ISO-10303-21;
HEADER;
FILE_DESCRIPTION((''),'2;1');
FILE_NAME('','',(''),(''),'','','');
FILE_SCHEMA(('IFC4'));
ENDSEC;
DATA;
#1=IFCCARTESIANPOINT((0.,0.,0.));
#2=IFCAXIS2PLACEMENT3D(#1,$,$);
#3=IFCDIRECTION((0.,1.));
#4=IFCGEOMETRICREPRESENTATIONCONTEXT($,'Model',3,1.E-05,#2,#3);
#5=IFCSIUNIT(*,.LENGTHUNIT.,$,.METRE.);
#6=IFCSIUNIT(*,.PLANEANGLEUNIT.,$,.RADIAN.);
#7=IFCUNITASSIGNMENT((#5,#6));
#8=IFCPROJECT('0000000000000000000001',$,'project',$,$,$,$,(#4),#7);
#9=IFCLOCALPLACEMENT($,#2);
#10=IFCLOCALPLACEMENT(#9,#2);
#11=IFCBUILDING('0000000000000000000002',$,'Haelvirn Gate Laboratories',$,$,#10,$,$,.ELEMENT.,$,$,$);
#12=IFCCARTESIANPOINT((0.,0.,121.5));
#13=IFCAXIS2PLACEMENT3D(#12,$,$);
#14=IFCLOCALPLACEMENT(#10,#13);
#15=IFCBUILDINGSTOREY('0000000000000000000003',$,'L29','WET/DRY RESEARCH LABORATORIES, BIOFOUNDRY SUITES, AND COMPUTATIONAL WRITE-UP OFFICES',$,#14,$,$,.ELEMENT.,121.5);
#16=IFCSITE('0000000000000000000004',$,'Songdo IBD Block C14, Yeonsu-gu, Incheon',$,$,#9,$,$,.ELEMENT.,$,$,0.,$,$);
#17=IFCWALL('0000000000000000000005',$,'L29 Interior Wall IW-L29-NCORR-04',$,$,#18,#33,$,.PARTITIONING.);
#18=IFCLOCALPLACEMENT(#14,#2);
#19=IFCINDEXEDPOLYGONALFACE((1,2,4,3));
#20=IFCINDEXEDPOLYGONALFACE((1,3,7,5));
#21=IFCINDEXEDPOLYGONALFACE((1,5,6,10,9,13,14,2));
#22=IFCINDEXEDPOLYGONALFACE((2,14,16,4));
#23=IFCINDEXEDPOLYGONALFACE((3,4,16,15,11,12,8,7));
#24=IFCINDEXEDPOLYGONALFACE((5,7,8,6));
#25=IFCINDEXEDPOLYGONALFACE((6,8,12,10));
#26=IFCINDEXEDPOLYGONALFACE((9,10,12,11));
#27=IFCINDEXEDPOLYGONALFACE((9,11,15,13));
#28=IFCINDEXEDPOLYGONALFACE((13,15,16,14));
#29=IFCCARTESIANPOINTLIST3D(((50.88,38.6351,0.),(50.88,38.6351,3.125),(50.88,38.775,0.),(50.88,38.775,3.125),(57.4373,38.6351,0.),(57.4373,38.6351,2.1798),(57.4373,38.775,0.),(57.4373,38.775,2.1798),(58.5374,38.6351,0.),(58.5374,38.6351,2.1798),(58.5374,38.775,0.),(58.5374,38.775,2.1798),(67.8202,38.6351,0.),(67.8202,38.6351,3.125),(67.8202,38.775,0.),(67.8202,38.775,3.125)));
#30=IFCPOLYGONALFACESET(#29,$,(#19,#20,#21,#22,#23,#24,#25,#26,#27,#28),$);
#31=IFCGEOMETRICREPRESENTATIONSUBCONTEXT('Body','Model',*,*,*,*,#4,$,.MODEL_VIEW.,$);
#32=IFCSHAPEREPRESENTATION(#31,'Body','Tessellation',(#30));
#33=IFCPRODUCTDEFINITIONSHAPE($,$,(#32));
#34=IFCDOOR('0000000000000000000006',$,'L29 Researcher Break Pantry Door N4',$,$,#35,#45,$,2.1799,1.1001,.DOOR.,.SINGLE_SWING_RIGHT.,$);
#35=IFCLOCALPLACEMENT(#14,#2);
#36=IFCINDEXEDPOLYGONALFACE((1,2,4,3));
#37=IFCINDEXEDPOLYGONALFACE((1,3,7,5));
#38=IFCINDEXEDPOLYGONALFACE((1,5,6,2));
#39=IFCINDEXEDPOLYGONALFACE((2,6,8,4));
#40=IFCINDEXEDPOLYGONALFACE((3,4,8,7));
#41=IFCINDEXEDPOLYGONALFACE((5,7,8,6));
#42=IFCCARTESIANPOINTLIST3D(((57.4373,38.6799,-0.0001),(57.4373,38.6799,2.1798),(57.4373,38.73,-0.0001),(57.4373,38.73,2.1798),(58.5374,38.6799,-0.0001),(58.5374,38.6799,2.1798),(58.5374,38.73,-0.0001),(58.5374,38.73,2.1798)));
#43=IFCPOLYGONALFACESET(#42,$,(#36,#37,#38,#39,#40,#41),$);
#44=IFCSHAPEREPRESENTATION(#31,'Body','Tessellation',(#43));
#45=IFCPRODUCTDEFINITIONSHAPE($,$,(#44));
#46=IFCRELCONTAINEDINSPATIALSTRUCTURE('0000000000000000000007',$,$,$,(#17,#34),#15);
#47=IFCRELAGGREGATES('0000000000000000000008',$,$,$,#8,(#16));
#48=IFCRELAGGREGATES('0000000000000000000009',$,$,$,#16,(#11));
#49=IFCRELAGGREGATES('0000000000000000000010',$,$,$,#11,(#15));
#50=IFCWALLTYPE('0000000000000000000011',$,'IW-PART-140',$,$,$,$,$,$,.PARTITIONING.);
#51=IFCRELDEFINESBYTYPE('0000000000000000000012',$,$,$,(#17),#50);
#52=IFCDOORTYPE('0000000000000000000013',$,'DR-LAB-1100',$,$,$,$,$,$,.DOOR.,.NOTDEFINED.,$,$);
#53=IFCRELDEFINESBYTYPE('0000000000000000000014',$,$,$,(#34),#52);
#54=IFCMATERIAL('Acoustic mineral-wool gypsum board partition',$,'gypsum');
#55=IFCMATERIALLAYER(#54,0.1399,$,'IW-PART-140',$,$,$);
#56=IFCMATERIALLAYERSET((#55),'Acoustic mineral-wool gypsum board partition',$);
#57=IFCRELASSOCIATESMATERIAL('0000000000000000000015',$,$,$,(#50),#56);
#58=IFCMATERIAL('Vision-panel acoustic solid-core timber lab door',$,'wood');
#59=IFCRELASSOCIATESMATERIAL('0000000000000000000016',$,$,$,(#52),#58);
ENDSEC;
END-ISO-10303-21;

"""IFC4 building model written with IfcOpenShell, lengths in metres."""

from ifc_helpers import new_model, si_unit, direction, frame, frame_2d, origin, place, context, subcontext, project, spatial, rectangle, extrude, source, transform, mapped, material, layer, layer_set, type_object, type_shapes, element, fill, save


model = new_model("IFC4")

# Units and contexts
model_context = context("Model", 3, precision=1e-05, world=origin(), true_north=direction((0.0, 1.0)))
body_context = subcontext(model_context, "Body", "Model", "MODEL_VIEW")
ifc_project = project(units=[si_unit("LENGTHUNIT", "METRE"), si_unit("PLANEANGLEUNIT", "RADIAN")], contexts=[model_context])

# Site, building, storey
site_placement = place(None, origin())
site = spatial("IfcSite", under=ifc_project, at=site_placement, Name="Songdo IBD Block C14, Yeonsu-gu, Incheon", CompositionType="ELEMENT", RefElevation=0.0)
building_placement = place(site_placement, origin())
building = spatial("IfcBuilding", under=site, at=building_placement, Name="Haelvirn Gate Laboratories", CompositionType="ELEMENT")
storey_placement = place(building_placement, frame((0.0, 0.0, 121.5)))
storey = spatial("IfcBuildingStorey", under=building, at=storey_placement, Name="L29", Description="WET/DRY RESEARCH LABORATORIES, BIOFOUNDRY SUITES, AND COMPUTATIONAL WRITE-UP OFFICES", CompositionType="ELEMENT", Elevation=121.5)

# Wall, opening, door
ifc_material_1 = material(Name="Acoustic mineral-wool gypsum board partition", Category="gypsum")
ifc_layer_1 = layer(ifc_material_1, 0.1399, Name="IW-PART-140")
ifc_layer_set_1 = layer_set([ifc_layer_1], Name="Acoustic mineral-wool gypsum board partition")
wall_type_1 = type_object("IfcWallType", Name="IW-PART-140", PredefinedType="PARTITIONING", material=ifc_layer_set_1)
wall_1_placement = place(storey_placement, frame((50.8799, 38.7051, 0.0), z_axis=(0.0, 0.0, 1.0), x_axis=(1.0, 0.0, 0.0)))
wall_1 = element("IfcWall", 1, at=wall_1_placement, inside=storey, type_object=wall_type_1, Name="L29 Interior Wall IW-L29-NCORR-04", PredefinedType="PARTITIONING", context=body_context, shape_type="SweptSolid", body=[
    extrude(rectangle(XDim=16.9402, YDim=0.1399, at=frame_2d((8.4702, 0.0))), origin(), (0.0, 0.0, 1.0), 3.125),
])
opening_placement = place(wall_1_placement, frame((6.5574, 0.0, 0.0)))
opening = element("IfcOpeningElement", 2, at=opening_placement, cuts=wall_1, PredefinedType="OPENING", context=body_context, shape_type="SweptSolid", body=[
    extrude(rectangle(XDim=1.1001, YDim=2.1799, at=frame_2d((0.55, 1.0898))), frame((0.0, 0.0801, 0.0), z_axis=(0.0, -1.0, 0.0), x_axis=(1.0, 0.0, 0.0)), (0.0, 0.0, 1.0), 0.1599),
])
ifc_material_2 = material(Name="Vision-panel acoustic solid-core timber lab door", Category="wood")
door_type = type_object("IfcDoorType", Name="DR-LAB-1100", OperationType="NOTDEFINED", PredefinedType="DOOR", material=ifc_material_2)
shared_shape_1 = source(origin(), body_context, "Body", "SweptSolid", [
    extrude(rectangle(XDim=1.1001, YDim=2.1799, at=frame_2d((0.55, 1.0898))), frame((0.0, 0.0249, 0.0), z_axis=(0.0, -1.0, 0.0), x_axis=(1.0, 0.0, 0.0)), (0.0, 0.0, 1.0), 0.05),
])
type_shapes(door_type, [shared_shape_1])
door_placement = place(opening_placement, origin())
door = element("IfcDoor", 3, at=door_placement, inside=storey, type_object=door_type, Name="L29 Researcher Break Pantry Door N4", OperationType="SINGLE_SWING_RIGHT", OverallHeight=2.1799, OverallWidth=1.1001, PredefinedType="DOOR", context=body_context, shape_type="MappedRepresentation", body=[
    mapped(shared_shape_1, transform((0.0, 0.0, 0.0), scale=1.0)),
])
fill(opening, door)

save(model, "model.ifc")
